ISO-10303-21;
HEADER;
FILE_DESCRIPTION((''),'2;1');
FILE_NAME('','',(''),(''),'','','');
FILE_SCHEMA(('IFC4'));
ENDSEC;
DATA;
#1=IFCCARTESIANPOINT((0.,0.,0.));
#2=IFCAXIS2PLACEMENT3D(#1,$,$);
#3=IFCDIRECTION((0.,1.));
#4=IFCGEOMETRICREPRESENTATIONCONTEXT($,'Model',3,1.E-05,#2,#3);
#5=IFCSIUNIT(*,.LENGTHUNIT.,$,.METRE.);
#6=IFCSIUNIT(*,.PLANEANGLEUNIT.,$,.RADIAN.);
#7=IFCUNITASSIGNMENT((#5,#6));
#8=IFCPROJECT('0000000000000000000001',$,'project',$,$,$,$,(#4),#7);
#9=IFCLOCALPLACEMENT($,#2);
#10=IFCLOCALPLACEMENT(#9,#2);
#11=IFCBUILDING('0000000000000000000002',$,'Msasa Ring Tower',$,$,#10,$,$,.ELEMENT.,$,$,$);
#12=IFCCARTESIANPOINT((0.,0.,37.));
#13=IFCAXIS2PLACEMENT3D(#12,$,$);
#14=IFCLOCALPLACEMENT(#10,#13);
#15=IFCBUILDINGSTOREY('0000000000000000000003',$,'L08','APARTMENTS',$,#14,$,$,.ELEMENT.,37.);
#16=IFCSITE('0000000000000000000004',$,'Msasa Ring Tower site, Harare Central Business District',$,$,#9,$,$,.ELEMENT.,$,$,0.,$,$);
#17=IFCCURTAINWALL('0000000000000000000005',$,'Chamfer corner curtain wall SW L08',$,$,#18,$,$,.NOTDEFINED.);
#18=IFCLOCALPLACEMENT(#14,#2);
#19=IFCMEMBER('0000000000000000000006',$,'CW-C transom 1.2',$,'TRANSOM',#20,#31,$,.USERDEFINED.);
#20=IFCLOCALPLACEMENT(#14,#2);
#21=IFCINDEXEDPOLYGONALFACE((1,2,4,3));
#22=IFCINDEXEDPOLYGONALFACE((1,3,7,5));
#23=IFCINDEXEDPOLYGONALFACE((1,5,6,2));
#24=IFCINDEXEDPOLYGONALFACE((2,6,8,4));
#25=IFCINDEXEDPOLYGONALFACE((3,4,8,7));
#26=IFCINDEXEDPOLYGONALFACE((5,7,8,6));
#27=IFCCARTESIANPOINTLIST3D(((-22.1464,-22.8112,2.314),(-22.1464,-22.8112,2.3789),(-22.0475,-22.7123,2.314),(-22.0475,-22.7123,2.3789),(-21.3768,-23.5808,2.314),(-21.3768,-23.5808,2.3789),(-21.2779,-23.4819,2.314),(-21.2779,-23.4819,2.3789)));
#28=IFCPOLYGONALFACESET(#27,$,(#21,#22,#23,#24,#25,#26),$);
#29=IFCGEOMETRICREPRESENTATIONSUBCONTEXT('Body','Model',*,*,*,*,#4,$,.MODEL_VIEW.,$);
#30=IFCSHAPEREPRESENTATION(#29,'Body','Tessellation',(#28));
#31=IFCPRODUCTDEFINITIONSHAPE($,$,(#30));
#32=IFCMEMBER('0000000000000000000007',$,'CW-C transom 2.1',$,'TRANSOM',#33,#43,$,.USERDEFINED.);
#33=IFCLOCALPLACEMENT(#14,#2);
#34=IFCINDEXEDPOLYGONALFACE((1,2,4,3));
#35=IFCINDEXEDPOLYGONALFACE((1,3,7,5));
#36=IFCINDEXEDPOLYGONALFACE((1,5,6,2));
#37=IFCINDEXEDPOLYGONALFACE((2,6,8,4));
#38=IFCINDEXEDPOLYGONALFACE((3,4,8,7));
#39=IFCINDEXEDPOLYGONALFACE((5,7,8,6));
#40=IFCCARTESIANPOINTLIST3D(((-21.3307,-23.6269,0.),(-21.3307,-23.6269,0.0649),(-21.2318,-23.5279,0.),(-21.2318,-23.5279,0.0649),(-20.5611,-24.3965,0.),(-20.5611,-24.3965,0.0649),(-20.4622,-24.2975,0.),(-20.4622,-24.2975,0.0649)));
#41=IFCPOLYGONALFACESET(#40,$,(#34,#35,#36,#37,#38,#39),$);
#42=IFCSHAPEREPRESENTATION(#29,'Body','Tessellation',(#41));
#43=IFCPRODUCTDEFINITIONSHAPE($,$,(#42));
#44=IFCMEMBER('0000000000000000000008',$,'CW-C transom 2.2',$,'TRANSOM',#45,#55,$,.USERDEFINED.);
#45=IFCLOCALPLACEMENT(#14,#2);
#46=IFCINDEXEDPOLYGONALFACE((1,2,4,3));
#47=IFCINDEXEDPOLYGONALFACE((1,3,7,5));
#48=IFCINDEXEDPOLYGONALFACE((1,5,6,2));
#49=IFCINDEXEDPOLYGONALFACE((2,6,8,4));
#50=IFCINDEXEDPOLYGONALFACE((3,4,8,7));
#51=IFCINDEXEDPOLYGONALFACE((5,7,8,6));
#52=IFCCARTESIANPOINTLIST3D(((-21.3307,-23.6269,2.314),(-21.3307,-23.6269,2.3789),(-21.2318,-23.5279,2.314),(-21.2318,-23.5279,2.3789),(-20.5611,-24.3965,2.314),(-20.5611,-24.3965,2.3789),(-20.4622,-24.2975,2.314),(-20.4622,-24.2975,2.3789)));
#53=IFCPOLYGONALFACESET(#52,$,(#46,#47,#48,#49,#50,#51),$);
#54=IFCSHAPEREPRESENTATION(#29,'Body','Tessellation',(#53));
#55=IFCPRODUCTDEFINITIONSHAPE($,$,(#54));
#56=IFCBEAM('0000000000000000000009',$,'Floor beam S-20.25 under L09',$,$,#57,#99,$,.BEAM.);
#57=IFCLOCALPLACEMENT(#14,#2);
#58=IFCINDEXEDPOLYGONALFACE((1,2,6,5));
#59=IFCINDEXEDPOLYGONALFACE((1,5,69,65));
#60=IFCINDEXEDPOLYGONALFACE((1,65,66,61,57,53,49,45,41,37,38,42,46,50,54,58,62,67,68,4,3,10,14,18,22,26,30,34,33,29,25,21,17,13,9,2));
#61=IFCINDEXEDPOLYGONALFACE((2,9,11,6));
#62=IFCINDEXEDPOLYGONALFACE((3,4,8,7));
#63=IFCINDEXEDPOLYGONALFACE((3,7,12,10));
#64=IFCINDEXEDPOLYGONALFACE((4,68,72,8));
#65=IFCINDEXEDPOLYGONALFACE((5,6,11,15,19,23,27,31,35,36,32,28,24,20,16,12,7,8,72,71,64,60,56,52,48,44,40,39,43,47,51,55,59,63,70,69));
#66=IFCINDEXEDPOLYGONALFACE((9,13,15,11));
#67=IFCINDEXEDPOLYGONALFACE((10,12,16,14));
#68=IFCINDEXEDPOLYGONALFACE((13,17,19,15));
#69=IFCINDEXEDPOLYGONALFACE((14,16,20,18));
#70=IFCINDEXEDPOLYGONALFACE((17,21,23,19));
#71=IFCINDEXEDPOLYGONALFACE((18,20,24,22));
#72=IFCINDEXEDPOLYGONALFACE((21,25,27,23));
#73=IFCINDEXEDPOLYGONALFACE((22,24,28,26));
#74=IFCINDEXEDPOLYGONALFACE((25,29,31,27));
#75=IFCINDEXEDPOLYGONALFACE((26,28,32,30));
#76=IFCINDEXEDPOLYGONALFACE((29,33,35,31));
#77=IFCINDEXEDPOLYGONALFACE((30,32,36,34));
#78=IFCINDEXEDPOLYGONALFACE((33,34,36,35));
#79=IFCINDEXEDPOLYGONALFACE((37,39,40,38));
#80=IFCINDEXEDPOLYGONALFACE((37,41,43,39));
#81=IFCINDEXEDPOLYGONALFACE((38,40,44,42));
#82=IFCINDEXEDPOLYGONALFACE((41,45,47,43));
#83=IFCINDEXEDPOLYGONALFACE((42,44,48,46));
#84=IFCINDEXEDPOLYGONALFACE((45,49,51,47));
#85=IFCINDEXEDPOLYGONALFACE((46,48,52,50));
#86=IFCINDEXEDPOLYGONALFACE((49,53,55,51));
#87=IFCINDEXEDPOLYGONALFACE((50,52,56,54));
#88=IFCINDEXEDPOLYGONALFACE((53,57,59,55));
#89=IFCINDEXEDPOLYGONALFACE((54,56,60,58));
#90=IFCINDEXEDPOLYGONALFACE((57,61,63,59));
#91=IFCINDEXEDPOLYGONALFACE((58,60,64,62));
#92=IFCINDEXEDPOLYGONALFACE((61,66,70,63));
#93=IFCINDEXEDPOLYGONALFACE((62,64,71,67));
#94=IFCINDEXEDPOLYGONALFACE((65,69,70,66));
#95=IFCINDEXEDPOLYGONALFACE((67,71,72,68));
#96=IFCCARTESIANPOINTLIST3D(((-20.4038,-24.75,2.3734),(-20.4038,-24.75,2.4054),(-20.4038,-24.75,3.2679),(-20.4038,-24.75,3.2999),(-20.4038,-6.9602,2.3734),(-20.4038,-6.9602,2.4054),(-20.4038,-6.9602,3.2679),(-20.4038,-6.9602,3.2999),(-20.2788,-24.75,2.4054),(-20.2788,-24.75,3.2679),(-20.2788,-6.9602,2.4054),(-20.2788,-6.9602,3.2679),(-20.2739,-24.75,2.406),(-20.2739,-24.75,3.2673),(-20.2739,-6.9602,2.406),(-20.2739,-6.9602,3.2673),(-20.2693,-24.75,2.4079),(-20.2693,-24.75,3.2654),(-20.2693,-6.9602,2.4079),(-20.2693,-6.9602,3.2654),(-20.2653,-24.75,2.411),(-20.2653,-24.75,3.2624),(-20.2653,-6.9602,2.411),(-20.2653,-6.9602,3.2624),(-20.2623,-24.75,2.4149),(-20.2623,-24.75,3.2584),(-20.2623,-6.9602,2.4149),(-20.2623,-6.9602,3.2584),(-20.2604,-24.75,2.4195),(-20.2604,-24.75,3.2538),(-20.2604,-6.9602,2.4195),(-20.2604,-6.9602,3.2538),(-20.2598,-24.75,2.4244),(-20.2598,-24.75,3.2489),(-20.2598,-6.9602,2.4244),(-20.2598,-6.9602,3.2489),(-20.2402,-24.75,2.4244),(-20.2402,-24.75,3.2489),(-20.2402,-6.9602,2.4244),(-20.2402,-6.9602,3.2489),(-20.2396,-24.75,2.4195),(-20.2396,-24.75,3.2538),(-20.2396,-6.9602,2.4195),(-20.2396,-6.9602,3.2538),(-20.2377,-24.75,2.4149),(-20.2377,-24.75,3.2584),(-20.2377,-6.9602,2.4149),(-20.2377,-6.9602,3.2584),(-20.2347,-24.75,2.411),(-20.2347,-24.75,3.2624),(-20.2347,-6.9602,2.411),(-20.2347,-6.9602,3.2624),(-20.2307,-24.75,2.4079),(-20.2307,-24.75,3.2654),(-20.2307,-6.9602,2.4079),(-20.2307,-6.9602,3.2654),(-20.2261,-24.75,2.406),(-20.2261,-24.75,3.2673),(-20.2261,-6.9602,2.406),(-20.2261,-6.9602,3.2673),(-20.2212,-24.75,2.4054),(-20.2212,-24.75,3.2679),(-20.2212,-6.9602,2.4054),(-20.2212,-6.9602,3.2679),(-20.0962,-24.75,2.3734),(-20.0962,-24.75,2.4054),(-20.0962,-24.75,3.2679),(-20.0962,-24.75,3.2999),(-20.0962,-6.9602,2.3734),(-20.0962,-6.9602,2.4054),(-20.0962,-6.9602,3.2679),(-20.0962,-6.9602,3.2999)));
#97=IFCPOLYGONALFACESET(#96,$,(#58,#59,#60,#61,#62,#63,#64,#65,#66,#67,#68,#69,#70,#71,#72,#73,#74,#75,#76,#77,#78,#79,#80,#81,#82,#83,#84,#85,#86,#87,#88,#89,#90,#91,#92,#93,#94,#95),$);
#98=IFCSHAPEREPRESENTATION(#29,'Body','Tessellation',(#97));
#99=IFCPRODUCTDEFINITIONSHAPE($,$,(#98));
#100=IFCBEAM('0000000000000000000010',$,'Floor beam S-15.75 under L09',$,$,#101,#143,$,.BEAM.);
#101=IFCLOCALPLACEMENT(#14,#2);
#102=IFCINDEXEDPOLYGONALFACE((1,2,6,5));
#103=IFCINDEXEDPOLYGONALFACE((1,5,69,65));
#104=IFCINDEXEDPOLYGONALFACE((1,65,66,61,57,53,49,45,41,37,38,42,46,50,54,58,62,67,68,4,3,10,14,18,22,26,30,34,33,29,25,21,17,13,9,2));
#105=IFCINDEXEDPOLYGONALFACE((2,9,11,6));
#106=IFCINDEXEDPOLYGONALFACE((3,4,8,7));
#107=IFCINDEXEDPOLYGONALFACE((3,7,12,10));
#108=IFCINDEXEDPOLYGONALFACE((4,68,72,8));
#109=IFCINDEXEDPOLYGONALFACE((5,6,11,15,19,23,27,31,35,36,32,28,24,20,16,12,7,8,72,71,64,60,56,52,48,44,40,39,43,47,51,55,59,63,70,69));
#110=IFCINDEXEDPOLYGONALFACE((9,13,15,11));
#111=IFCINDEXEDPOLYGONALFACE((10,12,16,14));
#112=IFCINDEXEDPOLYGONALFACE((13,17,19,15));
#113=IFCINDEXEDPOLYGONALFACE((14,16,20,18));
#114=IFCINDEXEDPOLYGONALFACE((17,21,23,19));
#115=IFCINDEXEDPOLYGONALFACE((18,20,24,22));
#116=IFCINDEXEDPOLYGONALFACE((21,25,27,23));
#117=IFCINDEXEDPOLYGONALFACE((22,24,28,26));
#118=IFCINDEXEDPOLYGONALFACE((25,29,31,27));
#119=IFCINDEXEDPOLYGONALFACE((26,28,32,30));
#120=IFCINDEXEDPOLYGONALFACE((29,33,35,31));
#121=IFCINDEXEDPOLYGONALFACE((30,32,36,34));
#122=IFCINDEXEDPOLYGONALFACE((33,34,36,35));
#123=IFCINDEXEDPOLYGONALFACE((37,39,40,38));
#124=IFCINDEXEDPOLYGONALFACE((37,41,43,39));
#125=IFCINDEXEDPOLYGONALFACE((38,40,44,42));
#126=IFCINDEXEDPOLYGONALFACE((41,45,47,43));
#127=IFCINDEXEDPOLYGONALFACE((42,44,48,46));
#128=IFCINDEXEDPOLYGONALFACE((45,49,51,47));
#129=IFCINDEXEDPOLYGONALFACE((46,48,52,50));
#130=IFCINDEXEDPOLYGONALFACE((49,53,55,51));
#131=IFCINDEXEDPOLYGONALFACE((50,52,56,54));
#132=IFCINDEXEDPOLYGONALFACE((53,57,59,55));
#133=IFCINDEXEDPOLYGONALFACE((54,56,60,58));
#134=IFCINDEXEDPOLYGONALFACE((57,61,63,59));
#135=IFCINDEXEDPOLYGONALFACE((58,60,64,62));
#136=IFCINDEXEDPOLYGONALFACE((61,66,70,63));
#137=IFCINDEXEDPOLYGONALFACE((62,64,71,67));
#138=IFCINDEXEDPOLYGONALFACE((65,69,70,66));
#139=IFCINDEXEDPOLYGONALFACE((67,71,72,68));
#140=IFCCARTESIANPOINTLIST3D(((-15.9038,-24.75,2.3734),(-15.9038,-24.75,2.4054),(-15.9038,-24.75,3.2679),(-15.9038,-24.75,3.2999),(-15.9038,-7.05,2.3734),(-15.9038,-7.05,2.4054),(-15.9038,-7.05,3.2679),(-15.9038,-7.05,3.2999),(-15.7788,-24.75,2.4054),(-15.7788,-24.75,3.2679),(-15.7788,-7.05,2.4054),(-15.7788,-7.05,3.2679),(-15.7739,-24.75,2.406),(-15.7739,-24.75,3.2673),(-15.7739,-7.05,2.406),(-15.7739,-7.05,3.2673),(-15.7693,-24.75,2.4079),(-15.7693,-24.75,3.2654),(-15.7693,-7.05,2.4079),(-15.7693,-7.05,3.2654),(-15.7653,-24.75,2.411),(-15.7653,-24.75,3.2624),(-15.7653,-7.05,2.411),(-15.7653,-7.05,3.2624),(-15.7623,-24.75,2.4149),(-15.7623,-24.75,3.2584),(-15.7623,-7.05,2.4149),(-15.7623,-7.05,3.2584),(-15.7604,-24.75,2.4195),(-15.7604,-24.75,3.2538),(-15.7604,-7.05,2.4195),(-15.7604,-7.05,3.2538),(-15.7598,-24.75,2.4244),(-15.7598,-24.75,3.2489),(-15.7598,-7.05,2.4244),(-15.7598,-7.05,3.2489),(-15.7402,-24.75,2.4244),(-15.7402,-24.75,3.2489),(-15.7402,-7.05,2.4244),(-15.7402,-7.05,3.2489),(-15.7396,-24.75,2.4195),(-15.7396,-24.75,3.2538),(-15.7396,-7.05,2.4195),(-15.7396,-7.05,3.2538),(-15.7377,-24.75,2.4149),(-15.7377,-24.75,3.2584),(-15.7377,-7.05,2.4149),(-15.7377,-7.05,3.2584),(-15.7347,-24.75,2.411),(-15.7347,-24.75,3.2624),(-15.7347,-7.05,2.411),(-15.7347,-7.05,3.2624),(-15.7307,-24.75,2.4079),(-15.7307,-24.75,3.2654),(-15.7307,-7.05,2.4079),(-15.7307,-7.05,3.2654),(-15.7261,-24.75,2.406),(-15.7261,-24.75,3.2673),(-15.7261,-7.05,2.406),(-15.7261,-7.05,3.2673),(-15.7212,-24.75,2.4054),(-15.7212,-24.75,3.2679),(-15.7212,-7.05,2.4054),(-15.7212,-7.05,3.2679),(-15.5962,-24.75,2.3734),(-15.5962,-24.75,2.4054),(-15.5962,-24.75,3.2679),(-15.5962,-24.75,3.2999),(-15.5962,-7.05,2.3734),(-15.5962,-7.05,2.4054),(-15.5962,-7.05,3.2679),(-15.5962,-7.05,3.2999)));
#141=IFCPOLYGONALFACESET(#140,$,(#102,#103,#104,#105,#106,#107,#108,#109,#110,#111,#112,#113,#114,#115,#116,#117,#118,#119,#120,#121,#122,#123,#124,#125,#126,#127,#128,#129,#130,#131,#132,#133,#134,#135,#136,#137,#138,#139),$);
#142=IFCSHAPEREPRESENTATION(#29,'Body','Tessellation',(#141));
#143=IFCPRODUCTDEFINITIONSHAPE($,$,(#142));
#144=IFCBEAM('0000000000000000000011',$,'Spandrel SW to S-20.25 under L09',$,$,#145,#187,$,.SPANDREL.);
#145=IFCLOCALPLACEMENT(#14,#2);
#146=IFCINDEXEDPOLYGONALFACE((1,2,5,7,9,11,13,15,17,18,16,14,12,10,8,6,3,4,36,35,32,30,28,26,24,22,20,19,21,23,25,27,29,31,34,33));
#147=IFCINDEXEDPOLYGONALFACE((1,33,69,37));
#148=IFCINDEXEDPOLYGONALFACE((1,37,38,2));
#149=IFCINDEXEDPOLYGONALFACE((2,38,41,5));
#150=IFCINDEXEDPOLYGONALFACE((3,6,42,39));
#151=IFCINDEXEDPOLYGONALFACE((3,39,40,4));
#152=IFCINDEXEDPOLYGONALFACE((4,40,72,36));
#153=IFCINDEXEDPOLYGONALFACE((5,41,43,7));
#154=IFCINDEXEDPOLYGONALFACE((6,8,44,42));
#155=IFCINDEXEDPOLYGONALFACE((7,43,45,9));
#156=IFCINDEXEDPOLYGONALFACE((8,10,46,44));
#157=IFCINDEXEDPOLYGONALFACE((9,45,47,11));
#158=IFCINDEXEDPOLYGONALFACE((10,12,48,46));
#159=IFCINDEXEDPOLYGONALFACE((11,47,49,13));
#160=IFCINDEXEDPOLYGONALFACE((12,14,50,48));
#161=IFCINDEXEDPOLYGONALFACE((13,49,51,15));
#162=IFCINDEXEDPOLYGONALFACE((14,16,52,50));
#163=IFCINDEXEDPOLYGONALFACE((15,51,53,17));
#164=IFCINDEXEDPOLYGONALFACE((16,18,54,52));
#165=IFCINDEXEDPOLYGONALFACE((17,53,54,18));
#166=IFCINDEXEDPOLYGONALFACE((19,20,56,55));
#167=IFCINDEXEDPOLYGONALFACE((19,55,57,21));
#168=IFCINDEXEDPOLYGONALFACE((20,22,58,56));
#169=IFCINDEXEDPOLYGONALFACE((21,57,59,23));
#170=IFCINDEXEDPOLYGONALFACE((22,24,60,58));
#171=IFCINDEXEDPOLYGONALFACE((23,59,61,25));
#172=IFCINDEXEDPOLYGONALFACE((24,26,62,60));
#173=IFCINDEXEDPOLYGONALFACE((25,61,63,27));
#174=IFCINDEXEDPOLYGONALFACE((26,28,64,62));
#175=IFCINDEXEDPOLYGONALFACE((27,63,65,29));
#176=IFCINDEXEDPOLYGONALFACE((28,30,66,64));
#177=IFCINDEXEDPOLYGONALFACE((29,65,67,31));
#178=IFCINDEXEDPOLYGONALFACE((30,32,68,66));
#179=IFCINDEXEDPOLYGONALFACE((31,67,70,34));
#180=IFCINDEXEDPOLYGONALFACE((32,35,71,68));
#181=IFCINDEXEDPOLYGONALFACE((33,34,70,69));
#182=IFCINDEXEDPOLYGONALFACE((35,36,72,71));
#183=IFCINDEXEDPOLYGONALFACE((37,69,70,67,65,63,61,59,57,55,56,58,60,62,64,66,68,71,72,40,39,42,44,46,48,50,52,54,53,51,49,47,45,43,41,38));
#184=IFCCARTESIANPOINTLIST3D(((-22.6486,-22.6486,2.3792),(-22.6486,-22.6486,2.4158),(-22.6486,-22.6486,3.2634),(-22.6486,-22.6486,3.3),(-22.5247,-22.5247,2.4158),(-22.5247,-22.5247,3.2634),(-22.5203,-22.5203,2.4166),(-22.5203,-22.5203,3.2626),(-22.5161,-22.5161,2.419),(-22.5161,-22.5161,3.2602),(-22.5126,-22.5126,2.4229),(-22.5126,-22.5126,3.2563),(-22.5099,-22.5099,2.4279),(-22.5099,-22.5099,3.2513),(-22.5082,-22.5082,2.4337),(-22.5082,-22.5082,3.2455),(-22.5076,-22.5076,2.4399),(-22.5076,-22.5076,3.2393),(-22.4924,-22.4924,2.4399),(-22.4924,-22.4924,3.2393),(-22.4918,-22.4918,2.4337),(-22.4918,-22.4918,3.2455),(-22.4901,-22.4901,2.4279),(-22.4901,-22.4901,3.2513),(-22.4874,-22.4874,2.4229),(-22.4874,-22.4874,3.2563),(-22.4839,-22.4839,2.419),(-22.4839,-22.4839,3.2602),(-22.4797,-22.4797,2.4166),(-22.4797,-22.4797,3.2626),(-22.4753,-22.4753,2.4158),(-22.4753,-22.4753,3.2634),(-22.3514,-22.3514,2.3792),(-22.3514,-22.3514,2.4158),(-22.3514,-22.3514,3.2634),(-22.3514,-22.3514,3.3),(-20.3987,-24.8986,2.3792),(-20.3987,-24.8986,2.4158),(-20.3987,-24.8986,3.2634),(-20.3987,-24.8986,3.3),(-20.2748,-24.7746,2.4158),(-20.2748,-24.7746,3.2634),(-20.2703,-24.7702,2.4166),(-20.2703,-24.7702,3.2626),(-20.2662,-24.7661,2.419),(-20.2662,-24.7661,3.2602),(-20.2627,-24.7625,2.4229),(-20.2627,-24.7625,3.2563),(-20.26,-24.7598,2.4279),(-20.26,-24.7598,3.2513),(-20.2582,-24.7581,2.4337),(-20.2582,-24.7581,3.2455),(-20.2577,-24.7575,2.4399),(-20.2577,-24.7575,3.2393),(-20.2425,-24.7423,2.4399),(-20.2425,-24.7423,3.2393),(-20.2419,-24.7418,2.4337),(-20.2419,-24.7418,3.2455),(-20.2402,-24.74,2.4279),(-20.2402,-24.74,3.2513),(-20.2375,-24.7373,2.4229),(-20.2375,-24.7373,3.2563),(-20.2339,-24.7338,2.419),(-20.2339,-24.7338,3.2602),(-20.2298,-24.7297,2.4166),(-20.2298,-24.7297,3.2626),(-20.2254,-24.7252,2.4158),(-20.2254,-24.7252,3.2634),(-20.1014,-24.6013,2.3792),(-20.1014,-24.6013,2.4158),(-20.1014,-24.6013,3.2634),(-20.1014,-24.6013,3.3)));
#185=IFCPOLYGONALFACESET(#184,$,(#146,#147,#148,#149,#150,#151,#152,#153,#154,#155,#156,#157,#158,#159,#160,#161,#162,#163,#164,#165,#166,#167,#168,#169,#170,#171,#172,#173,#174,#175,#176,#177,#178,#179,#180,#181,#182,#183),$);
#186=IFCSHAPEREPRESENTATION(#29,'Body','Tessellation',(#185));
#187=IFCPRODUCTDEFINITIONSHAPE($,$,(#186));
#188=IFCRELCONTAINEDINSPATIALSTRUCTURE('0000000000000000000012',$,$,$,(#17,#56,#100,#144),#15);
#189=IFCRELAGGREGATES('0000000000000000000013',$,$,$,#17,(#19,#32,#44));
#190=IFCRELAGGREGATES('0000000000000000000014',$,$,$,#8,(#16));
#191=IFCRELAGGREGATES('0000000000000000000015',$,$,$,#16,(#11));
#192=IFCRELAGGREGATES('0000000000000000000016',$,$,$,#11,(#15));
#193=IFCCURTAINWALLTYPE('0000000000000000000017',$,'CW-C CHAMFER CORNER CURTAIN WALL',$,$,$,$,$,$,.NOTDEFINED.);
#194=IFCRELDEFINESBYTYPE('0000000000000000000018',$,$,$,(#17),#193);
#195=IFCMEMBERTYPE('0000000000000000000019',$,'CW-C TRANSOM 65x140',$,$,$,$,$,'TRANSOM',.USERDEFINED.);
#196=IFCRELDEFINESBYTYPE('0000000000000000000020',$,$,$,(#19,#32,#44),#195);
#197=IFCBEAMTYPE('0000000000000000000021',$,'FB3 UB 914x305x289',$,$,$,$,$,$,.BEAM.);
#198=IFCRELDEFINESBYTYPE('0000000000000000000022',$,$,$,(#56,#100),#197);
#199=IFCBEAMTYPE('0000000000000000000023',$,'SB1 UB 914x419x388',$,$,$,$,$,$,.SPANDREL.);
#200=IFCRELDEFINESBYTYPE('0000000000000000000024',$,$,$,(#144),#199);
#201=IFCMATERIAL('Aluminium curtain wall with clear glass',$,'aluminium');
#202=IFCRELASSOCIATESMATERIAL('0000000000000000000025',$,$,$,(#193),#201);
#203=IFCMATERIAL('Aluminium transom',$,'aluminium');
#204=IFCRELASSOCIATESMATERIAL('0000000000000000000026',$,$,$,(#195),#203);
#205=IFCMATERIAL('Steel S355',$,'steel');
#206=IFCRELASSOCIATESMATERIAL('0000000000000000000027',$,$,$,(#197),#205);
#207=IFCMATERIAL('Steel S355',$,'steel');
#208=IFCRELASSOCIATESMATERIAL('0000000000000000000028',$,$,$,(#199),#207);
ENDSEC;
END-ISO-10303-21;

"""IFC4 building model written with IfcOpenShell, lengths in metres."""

from ifc_helpers import new_model, si_unit, direction, frame, origin, origin_2d, place, context, subcontext, project, spatial, rectangle, i_section, extrude, material, material_profile, profile_set, type_object, element, aggregate, save


model = new_model("IFC4")

# Units and contexts
model_context = context("Model", 3, precision=1e-05, world=origin(), true_north=direction((0.0, 1.0)))
body_context = subcontext(model_context, "Body", "Model", "MODEL_VIEW")
ifc_project = project(units=[si_unit("LENGTHUNIT", "METRE"), si_unit("PLANEANGLEUNIT", "RADIAN")], contexts=[model_context])

# Site, building, storey
site_placement = place(None, origin())
site = spatial("IfcSite", under=ifc_project, at=site_placement, Name="Msasa Ring Tower site, Harare Central Business District", CompositionType="ELEMENT", RefElevation=0.0)
building_placement = place(site_placement, origin())
building = spatial("IfcBuilding", under=site, at=building_placement, Name="Msasa Ring Tower", CompositionType="ELEMENT")
storey_placement = place(building_placement, frame((0.0, 0.0, 37.0)))
storey = spatial("IfcBuildingStorey", under=building, at=storey_placement, Name="L08", Description="APARTMENTS", CompositionType="ELEMENT", Elevation=37.0)

# Curtain wall
ifc_material_1 = material(Name="Aluminium curtain wall with clear glass", Category="aluminium")
curtain_wall_type = type_object("IfcCurtainWallType", Name="CW-C CHAMFER CORNER CURTAIN WALL", PredefinedType="NOTDEFINED", material=ifc_material_1)
curtain_wall_1_placement = place(storey_placement, origin())
curtain_wall_1 = element("IfcCurtainWall", 1, at=curtain_wall_1_placement, inside=storey, type_object=curtain_wall_type, Name="Chamfer corner curtain wall SW L08", PredefinedType="NOTDEFINED")

# Members
ifc_material_2 = material(Name="Aluminium transom", Category="aluminium")
ifc_material_profile_1 = material_profile(ifc_material_2, rectangle(XDim=0.1399, YDim=0.0649, at=origin_2d()), Name="AL 65x140")
ifc_profile_set_1 = profile_set([ifc_material_profile_1], Name="Aluminium transom")
member_type_1 = type_object("IfcMemberType", Name="CW-C TRANSOM 65x140", ElementType="TRANSOM", PredefinedType="USERDEFINED", material=ifc_profile_set_1)
member_1_placement = place(storey_placement, frame((-22.0969, -22.7617, 2.3464), z_axis=(0.707107, -0.707107, 0.0), x_axis=(0.707107, 0.707107, 0.0)))
member_1 = element("IfcMember", 2, at=member_1_placement, type_object=member_type_1, Name="CW-C transom 1.2", ObjectType="TRANSOM", PredefinedType="USERDEFINED", context=body_context, shape_type="SweptSolid", body=[
    extrude(rectangle(XDim=0.1399, YDim=0.0649, at=origin_2d()), origin(), (0.0, 0.0, 1.0), 1.0884),
])
member_2_placement = place(storey_placement, frame((-21.2812, -23.5774, 0.0325), z_axis=(0.707107, -0.707107, 0.0), x_axis=(0.707107, 0.707107, 0.0)))
member_2 = element("IfcMember", 3, at=member_2_placement, type_object=member_type_1, Name="CW-C transom 2.1", ObjectType="TRANSOM", PredefinedType="USERDEFINED", context=body_context, shape_type="SweptSolid", body=[
    extrude(rectangle(XDim=0.1399, YDim=0.0649, at=origin_2d()), origin(), (0.0, 0.0, 1.0), 1.0884),
])
member_3_placement = place(storey_placement, frame((-21.2812, -23.5774, 2.3464), z_axis=(0.707107, -0.707107, 0.0), x_axis=(0.707107, 0.707107, 0.0)))
member_3 = element("IfcMember", 4, at=member_3_placement, type_object=member_type_1, Name="CW-C transom 2.2", ObjectType="TRANSOM", PredefinedType="USERDEFINED", context=body_context, shape_type="SweptSolid", body=[
    extrude(rectangle(XDim=0.1399, YDim=0.0649, at=origin_2d()), origin(), (0.0, 0.0, 1.0), 1.0884),
])

# Beams
ifc_material_3 = material(Name="Steel S355", Category="steel")
ifc_material_profile_2 = material_profile(ifc_material_3, i_section(OverallWidth=0.3076, OverallDepth=0.9265, WebThickness=0.0195, FlangeThickness=0.032, FilletRadius=0.019, at=origin_2d()), Name="UB 914x305x289")
ifc_profile_set_2 = profile_set([ifc_material_profile_2], Name="Steel S355")
beam_type_1 = type_object("IfcBeamType", Name="FB3 UB 914x305x289", PredefinedType="BEAM", material=ifc_profile_set_2)
beam_1_placement = place(storey_placement, frame((-20.25, -24.75, 2.8367), z_axis=(0.0, 1.0, 0.0), x_axis=(-1.0, 0.0, 0.0)))
element("IfcBeam", 5, at=beam_1_placement, inside=storey, type_object=beam_type_1, Name="Floor beam S-20.25 under L09", PredefinedType="BEAM", context=body_context, shape_type="SweptSolid", body=[
    extrude(i_section(OverallWidth=0.3076, OverallDepth=0.9265, WebThickness=0.0195, FlangeThickness=0.032, FilletRadius=0.019, at=origin_2d()), origin(), (0.0, 0.0, 1.0), 17.7898),
])
beam_2_placement = place(storey_placement, frame((-15.75, -24.75, 2.8367), z_axis=(0.0, 1.0, 0.0), x_axis=(-1.0, 0.0, 0.0)))
element("IfcBeam", 6, at=beam_2_placement, inside=storey, type_object=beam_type_1, Name="Floor beam S-15.75 under L09", PredefinedType="BEAM", context=body_context, shape_type="SweptSolid", body=[
    extrude(i_section(OverallWidth=0.3076, OverallDepth=0.9265, WebThickness=0.0195, FlangeThickness=0.032, FilletRadius=0.019, at=origin_2d()), origin(), (0.0, 0.0, 1.0), 17.7),
])
ifc_material_4 = material(Name="Steel S355", Category="steel")
ifc_material_profile_3 = material_profile(ifc_material_4, i_section(OverallWidth=0.4204, OverallDepth=0.9209, WebThickness=0.0215, FlangeThickness=0.0366, FilletRadius=0.0242, at=origin_2d()), Name="UB 914x419x388")
ifc_profile_set_3 = profile_set([ifc_material_profile_3], Name="Steel S355")
beam_type_2 = type_object("IfcBeamType", Name="SB1 UB 914x419x388", PredefinedType="SPANDREL", material=ifc_profile_set_3)
beam_3_placement = place(storey_placement, frame((-22.5, -22.5, 2.8396), z_axis=(0.707107, -0.707107, 0.0), x_axis=(0.707107, 0.707107, 0.0)))
element("IfcBeam", 7, at=beam_3_placement, inside=storey, type_object=beam_type_2, Name="Spandrel SW to S-20.25 under L09", PredefinedType="SPANDREL", context=body_context, shape_type="SweptSolid", body=[
    extrude(i_section(OverallWidth=0.4204, OverallDepth=0.9209, WebThickness=0.0215, FlangeThickness=0.0366, FilletRadius=0.0242, at=origin_2d()), origin(), (0.0, 0.0, 1.0), 3.1819),
])

aggregate(curtain_wall_1, [member_1, member_2, member_3])

save(model, "model.ifc")
